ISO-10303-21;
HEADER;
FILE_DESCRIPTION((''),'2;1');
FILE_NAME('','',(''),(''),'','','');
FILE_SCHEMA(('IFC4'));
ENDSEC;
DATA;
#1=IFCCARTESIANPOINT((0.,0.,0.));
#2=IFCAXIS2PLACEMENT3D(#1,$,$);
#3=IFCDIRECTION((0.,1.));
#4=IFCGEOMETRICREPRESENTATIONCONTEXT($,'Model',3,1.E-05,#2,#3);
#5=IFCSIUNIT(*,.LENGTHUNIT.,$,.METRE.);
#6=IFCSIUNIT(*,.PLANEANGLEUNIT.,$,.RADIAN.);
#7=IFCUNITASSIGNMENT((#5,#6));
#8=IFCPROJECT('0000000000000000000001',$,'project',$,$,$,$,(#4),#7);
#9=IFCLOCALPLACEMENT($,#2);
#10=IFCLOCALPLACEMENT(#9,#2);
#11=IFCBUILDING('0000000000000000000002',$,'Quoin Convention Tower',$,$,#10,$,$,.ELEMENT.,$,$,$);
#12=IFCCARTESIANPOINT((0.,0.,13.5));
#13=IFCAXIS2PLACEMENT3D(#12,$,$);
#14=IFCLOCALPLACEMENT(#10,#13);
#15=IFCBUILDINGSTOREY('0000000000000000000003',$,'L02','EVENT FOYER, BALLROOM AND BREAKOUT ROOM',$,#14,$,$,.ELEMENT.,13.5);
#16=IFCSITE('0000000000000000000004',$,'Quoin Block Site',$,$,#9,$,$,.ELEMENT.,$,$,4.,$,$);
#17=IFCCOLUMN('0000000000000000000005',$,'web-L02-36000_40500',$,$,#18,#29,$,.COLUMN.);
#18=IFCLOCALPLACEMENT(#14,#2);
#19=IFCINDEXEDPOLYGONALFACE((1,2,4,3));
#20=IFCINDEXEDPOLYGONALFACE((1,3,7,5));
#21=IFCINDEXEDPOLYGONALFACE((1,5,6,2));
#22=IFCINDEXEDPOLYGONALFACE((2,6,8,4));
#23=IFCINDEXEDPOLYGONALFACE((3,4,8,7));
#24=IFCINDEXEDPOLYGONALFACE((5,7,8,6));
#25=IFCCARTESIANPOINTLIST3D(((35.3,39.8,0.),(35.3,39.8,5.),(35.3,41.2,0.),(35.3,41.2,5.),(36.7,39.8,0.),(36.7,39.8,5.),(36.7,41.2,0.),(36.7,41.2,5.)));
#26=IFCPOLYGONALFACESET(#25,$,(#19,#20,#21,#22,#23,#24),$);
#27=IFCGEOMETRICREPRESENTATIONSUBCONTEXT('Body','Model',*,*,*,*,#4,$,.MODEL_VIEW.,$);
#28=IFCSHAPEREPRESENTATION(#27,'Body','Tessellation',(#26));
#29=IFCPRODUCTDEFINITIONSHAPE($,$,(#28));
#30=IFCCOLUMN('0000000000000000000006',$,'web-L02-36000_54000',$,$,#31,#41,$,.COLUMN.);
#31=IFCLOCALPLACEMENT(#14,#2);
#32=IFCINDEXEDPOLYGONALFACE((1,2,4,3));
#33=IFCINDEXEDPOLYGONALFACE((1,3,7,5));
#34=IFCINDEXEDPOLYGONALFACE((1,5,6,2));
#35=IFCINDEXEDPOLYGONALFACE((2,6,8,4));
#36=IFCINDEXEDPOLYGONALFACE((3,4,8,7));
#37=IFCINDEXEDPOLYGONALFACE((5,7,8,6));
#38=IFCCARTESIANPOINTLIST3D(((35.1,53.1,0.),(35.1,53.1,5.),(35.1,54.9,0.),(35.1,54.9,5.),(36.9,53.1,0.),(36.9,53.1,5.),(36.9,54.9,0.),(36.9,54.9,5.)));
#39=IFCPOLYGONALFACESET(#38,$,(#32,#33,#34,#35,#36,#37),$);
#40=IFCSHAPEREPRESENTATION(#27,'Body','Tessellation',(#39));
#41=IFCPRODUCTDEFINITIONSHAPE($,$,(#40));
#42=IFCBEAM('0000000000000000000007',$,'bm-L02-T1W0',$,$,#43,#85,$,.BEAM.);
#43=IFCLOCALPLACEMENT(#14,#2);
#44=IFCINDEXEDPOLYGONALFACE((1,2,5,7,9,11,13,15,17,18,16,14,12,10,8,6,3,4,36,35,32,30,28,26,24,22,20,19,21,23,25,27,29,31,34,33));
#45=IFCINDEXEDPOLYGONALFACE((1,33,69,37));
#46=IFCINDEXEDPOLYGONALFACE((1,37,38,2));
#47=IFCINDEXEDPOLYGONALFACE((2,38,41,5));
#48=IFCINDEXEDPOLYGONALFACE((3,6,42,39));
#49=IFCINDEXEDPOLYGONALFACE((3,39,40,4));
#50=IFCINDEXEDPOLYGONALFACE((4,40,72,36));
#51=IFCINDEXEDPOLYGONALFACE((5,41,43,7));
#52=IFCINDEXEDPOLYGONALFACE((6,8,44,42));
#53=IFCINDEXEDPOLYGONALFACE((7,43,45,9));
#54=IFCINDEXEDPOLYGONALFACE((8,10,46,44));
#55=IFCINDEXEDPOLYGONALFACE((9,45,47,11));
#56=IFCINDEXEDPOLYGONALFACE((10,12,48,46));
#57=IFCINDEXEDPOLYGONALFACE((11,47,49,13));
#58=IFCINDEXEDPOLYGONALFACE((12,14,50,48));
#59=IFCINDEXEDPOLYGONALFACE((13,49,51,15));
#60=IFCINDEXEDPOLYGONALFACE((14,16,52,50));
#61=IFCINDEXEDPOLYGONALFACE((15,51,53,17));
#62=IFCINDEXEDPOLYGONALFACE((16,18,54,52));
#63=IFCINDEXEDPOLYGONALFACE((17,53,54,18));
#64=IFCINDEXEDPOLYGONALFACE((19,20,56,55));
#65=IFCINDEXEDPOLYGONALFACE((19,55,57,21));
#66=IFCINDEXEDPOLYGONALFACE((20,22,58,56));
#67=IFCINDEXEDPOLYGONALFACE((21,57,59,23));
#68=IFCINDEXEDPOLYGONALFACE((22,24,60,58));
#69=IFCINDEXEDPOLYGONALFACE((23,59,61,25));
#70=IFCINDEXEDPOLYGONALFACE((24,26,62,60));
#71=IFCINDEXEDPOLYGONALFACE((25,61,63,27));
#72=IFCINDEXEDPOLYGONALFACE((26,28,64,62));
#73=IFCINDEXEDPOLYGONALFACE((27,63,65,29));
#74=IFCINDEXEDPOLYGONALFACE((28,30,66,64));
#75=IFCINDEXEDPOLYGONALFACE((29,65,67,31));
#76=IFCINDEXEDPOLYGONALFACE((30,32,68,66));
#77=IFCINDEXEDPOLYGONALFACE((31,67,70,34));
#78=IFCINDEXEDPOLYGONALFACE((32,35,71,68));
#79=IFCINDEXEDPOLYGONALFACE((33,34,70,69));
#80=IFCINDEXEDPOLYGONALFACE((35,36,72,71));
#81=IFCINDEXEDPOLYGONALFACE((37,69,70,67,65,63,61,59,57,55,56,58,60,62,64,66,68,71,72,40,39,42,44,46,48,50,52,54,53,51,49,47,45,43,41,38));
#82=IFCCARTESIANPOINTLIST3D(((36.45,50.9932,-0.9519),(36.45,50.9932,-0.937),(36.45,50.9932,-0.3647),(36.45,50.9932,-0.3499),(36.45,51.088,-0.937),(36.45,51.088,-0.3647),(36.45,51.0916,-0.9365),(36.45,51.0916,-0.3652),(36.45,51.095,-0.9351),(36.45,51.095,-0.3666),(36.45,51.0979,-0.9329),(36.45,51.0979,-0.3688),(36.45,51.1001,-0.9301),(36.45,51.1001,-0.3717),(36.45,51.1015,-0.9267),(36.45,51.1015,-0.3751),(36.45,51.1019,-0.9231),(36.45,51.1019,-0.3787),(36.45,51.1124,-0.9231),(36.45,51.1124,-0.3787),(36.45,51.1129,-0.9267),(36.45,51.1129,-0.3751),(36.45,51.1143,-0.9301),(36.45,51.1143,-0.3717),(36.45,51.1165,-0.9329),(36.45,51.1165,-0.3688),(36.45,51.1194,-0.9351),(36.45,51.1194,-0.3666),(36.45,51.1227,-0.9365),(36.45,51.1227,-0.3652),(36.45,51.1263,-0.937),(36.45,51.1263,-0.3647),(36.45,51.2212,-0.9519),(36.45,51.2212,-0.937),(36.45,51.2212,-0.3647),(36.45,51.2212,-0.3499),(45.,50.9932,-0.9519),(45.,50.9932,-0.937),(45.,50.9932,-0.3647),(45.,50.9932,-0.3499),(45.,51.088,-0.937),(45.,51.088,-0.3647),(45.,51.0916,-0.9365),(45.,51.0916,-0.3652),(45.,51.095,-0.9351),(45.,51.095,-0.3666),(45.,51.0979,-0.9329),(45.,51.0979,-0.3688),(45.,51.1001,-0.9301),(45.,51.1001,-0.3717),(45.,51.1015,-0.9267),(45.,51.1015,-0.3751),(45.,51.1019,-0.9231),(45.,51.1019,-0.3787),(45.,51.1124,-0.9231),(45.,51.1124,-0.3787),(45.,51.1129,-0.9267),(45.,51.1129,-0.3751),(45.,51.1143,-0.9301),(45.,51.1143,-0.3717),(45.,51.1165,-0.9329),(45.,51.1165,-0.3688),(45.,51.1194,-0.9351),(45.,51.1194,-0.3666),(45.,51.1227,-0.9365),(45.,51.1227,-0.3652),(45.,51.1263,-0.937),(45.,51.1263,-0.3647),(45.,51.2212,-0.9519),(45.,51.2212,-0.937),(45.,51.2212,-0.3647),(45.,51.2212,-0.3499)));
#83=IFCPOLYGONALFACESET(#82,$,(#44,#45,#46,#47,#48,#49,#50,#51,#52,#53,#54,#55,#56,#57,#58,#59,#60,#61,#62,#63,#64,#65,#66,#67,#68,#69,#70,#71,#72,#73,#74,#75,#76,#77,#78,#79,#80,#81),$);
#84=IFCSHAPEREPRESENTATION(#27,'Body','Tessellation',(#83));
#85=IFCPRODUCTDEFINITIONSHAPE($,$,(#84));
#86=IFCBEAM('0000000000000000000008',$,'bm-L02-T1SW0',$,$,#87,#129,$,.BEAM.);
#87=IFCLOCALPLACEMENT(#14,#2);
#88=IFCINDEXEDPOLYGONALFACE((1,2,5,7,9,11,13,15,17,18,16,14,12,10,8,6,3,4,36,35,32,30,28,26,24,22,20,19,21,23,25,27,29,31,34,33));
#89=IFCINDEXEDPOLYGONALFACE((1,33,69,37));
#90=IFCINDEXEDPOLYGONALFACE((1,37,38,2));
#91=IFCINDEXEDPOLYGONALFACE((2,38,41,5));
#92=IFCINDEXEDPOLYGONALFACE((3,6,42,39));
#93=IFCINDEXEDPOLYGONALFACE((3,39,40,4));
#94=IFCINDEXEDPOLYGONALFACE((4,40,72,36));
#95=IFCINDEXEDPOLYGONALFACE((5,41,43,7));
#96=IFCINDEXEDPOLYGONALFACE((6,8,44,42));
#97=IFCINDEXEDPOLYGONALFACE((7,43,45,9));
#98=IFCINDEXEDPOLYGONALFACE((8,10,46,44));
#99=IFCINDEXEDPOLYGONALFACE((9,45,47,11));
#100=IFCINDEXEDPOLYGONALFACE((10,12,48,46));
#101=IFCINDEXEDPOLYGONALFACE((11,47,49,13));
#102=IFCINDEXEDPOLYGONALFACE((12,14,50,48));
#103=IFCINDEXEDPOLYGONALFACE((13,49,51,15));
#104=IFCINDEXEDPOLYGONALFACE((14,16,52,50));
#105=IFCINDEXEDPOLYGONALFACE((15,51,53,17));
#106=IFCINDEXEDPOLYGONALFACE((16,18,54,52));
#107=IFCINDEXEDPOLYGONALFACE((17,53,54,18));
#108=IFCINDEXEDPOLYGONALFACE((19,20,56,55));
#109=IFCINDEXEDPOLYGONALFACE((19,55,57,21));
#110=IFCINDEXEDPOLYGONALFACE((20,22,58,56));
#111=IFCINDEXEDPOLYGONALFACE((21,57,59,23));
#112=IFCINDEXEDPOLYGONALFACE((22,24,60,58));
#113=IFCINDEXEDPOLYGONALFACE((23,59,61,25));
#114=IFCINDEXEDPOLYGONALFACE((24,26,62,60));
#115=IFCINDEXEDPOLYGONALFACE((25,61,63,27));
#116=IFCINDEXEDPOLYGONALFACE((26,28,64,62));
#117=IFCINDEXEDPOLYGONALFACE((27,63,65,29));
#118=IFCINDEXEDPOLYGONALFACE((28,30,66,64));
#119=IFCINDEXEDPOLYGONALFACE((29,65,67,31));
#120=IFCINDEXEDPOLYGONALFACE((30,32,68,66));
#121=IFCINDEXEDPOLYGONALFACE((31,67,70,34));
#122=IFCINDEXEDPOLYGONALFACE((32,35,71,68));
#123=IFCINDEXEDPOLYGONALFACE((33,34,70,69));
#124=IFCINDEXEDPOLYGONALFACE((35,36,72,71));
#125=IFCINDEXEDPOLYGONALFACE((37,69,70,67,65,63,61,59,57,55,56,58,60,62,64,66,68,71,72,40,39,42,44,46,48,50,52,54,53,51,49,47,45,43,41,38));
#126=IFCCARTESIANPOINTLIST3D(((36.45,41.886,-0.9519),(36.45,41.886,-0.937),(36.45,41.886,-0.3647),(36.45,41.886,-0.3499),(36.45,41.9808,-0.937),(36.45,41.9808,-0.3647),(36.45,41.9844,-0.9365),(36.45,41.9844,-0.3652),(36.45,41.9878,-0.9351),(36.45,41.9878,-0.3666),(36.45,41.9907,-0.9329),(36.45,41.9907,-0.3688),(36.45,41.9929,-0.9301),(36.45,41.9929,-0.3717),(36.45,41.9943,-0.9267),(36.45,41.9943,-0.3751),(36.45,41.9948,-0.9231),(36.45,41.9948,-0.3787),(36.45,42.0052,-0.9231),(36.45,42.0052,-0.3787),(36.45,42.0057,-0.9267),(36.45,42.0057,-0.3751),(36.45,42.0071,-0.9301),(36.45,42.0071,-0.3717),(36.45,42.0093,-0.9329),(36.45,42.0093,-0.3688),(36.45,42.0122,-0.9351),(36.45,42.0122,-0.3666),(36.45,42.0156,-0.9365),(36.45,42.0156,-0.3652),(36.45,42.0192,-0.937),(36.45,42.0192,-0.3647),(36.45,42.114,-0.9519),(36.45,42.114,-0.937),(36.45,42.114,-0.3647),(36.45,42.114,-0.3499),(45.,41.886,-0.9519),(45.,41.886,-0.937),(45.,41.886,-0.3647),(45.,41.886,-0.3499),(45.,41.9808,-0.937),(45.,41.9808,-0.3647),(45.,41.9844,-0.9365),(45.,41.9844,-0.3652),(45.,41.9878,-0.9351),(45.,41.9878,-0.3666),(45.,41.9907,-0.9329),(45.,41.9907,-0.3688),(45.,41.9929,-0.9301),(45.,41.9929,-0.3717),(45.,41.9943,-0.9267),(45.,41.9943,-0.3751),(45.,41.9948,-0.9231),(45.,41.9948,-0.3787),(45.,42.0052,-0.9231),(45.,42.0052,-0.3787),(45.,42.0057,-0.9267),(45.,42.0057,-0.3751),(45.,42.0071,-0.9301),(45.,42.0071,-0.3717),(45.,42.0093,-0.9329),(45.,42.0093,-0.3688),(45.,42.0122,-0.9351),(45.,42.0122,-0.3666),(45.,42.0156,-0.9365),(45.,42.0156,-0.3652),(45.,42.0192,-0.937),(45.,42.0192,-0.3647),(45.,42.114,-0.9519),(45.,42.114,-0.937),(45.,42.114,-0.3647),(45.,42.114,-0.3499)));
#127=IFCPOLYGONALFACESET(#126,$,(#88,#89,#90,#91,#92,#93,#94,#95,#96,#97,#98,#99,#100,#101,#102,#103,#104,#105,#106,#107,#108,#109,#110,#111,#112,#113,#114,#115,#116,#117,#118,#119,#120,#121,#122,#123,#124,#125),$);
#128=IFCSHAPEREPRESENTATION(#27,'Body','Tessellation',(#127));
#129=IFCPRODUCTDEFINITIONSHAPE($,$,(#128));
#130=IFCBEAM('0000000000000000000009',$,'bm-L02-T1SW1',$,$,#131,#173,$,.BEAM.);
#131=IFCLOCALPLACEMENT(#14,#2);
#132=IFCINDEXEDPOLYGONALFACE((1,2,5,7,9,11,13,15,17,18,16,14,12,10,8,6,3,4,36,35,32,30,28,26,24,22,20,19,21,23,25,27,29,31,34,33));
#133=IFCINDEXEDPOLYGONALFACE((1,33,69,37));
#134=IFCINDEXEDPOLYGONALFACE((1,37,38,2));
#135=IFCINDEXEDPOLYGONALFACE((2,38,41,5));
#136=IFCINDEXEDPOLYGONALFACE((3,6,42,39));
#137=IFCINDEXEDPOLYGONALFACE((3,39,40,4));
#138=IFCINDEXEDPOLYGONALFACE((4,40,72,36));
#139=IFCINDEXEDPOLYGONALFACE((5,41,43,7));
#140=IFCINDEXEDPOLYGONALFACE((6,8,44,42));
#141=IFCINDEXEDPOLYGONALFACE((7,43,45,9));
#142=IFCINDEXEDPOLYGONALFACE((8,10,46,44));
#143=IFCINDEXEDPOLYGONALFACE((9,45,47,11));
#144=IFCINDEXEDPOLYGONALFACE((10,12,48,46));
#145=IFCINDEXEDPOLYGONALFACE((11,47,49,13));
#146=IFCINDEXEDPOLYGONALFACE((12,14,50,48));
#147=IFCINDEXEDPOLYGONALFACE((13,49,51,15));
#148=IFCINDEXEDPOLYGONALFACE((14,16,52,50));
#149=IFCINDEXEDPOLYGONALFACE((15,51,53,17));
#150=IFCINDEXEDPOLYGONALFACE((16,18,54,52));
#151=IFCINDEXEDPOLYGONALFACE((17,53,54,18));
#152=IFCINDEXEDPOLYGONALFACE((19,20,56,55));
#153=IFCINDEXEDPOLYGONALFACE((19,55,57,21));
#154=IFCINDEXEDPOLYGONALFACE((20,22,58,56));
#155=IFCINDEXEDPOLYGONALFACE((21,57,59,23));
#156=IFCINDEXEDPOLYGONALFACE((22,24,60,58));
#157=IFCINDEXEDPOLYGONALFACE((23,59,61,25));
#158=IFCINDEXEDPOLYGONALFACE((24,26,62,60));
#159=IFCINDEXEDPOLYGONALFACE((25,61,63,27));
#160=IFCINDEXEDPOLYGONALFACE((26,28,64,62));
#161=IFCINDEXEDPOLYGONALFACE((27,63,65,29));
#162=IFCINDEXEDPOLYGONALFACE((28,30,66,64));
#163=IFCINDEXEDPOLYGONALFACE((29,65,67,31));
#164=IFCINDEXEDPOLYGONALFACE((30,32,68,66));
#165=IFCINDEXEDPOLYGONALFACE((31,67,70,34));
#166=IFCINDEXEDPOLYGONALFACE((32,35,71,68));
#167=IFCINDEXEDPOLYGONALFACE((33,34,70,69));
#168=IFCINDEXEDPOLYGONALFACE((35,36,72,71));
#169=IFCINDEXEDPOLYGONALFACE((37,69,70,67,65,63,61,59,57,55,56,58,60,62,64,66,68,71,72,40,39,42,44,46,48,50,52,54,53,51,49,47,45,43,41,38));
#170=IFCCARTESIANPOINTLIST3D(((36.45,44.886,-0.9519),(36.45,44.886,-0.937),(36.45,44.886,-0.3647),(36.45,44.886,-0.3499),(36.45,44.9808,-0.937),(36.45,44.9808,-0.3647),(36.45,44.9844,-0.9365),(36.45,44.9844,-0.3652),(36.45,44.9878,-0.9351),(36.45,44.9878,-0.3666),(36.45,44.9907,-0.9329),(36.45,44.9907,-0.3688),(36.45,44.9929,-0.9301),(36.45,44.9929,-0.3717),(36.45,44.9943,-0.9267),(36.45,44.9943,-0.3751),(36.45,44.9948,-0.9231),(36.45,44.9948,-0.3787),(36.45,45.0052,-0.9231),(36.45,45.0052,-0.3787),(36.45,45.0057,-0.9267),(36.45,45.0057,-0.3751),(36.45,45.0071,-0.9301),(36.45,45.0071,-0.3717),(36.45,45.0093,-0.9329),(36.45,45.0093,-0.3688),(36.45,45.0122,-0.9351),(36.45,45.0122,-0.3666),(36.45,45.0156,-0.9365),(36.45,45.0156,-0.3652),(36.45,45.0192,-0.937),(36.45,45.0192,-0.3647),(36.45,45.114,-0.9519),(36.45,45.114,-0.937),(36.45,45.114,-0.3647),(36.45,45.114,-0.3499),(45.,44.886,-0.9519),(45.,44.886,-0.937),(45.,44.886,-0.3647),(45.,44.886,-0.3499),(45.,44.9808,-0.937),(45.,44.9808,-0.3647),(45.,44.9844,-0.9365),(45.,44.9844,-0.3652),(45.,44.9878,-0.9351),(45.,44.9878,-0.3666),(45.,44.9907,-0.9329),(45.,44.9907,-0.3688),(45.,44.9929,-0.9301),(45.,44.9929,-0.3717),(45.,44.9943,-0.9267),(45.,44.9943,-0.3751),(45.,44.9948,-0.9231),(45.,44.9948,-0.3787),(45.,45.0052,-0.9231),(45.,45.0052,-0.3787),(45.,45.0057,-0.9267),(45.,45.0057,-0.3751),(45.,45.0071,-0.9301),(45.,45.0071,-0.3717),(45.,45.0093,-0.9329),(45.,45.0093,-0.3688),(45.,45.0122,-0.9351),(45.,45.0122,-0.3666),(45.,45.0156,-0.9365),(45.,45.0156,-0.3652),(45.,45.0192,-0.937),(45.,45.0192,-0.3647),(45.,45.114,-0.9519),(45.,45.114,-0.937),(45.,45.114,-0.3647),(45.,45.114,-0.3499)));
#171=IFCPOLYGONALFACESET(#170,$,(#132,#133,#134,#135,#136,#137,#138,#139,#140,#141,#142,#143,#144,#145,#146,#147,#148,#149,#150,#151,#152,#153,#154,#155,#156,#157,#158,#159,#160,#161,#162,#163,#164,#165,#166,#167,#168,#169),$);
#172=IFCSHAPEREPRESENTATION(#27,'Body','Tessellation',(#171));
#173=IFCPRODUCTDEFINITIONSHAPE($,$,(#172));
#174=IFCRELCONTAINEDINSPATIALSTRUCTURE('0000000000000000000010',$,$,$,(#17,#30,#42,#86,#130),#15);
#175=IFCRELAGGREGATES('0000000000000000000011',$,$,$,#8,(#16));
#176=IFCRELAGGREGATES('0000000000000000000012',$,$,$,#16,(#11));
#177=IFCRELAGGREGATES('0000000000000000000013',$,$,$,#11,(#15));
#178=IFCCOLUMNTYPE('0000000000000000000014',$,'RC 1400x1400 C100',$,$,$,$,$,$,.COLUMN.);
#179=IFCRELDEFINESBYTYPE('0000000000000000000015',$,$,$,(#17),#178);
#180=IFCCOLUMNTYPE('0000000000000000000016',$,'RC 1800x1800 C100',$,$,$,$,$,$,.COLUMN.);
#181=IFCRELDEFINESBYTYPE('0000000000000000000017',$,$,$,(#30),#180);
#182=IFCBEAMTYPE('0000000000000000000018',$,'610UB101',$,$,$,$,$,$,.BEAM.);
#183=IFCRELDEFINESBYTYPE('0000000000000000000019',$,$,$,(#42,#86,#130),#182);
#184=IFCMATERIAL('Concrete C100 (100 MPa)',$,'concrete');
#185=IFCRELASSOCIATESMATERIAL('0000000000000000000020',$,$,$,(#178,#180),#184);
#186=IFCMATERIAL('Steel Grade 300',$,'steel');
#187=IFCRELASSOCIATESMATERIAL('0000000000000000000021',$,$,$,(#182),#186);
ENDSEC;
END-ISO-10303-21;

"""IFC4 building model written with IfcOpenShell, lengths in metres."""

from ifc_helpers import new_model, si_unit, direction, frame, origin, origin_2d, place, context, subcontext, project, spatial, rectangle, i_section, extrude, material, material_profile, profile_set, type_object, element, save


model = new_model("IFC4")

# Units and contexts
model_context = context("Model", 3, precision=1e-05, world=origin(), true_north=direction((0.0, 1.0)))
body_context = subcontext(model_context, "Body", "Model", "MODEL_VIEW")
ifc_project = project(units=[si_unit("LENGTHUNIT", "METRE"), si_unit("PLANEANGLEUNIT", "RADIAN")], contexts=[model_context])

# Site, building, storey
site_placement = place(None, origin())
site = spatial("IfcSite", under=ifc_project, at=site_placement, Name="Quoin Block Site", CompositionType="ELEMENT", RefElevation=4.0)
building_placement = place(site_placement, origin())
building = spatial("IfcBuilding", under=site, at=building_placement, Name="Quoin Convention Tower", CompositionType="ELEMENT")
storey_placement = place(building_placement, frame((0.0, 0.0, 13.5)))
storey = spatial("IfcBuildingStorey", under=building, at=storey_placement, Name="L02", Description="EVENT FOYER, BALLROOM AND BREAKOUT ROOM", CompositionType="ELEMENT", Elevation=13.5)

# Columns
ifc_material_1 = material(Name="Concrete C100 (100 MPa)", Category="concrete")
ifc_material_profile_1 = material_profile(ifc_material_1, rectangle(XDim=1.3999, YDim=1.3999, at=origin_2d()), Name="RC 1400x1400")
ifc_profile_set_1 = profile_set([ifc_material_profile_1], Name="Concrete C100 (100 MPa)")
column_type_1 = type_object("IfcColumnType", Name="RC 1400x1400 C100", PredefinedType="COLUMN", material=ifc_profile_set_1)
column_1_placement = place(storey_placement, frame((36.0, 40.5, 0.0), z_axis=(0.0, 0.0, 1.0), x_axis=(1.0, 0.0, 0.0)))
element("IfcColumn", 1, at=column_1_placement, inside=storey, type_object=column_type_1, Name="web-L02-36000_40500", PredefinedType="COLUMN", context=body_context, shape_type="SweptSolid", body=[
    extrude(rectangle(XDim=1.3999, YDim=1.3999, at=origin_2d()), origin(), (0.0, 0.0, 1.0), 5.0),
])
ifc_material_profile_2 = material_profile(ifc_material_1, rectangle(XDim=1.8, YDim=1.8, at=origin_2d()), Name="RC 1800x1800")
ifc_profile_set_2 = profile_set([ifc_material_profile_2], Name="Concrete C100 (100 MPa)")
column_type_2 = type_object("IfcColumnType", Name="RC 1800x1800 C100", PredefinedType="COLUMN", material=ifc_profile_set_2)
column_2_placement = place(storey_placement, frame((36.0, 54.0, 0.0), z_axis=(0.0, 0.0, 1.0), x_axis=(1.0, 0.0, 0.0)))
element("IfcColumn", 2, at=column_2_placement, inside=storey, type_object=column_type_2, Name="web-L02-36000_54000", PredefinedType="COLUMN", context=body_context, shape_type="SweptSolid", body=[
    extrude(rectangle(XDim=1.8, YDim=1.8, at=origin_2d()), origin(), (0.0, 0.0, 1.0), 5.0),
])

# Beams
ifc_material_2 = material(Name="Steel Grade 300", Category="steel")
ifc_material_profile_3 = material_profile(ifc_material_2, i_section(OverallWidth=0.228, OverallDepth=0.6021, WebThickness=0.0105, FlangeThickness=0.0149, FilletRadius=0.0139, at=origin_2d()), Name="610UB101")
ifc_profile_set_3 = profile_set([ifc_material_profile_3], Name="Steel Grade 300")
beam_type_1 = type_object("IfcBeamType", Name="610UB101", PredefinedType="BEAM", material=ifc_profile_set_3)
for number, where, z_axis, x_axis, name in (
    (3, (36.45, 51.1072, -0.6509), (1.0, 0.0, 0.0), (0.0, 1.0, 0.0), "bm-L02-T1W0"),
    (4, (36.45, 42.0, -0.6509), (1.0, 0.0, 0.0), (0.0, 1.0, 0.0), "bm-L02-T1SW0"),
    (5, (36.45, 45.0, -0.6509), (1.0, 0.0, 0.0), (0.0, 1.0, 0.0), "bm-L02-T1SW1"),
):
    element("IfcBeam", number, at=place(storey_placement, frame(where, z_axis=z_axis, x_axis=x_axis)), inside=storey, type_object=beam_type_1, Name=name, PredefinedType="BEAM", context=body_context, shape_type="SweptSolid", body=[
        extrude(i_section(OverallWidth=0.228, OverallDepth=0.6021, WebThickness=0.0105, FlangeThickness=0.0149, FilletRadius=0.0139, at=origin_2d()), origin(), (0.0, 0.0, 1.0), 8.55),
    ])

save(model, "model.ifc")
